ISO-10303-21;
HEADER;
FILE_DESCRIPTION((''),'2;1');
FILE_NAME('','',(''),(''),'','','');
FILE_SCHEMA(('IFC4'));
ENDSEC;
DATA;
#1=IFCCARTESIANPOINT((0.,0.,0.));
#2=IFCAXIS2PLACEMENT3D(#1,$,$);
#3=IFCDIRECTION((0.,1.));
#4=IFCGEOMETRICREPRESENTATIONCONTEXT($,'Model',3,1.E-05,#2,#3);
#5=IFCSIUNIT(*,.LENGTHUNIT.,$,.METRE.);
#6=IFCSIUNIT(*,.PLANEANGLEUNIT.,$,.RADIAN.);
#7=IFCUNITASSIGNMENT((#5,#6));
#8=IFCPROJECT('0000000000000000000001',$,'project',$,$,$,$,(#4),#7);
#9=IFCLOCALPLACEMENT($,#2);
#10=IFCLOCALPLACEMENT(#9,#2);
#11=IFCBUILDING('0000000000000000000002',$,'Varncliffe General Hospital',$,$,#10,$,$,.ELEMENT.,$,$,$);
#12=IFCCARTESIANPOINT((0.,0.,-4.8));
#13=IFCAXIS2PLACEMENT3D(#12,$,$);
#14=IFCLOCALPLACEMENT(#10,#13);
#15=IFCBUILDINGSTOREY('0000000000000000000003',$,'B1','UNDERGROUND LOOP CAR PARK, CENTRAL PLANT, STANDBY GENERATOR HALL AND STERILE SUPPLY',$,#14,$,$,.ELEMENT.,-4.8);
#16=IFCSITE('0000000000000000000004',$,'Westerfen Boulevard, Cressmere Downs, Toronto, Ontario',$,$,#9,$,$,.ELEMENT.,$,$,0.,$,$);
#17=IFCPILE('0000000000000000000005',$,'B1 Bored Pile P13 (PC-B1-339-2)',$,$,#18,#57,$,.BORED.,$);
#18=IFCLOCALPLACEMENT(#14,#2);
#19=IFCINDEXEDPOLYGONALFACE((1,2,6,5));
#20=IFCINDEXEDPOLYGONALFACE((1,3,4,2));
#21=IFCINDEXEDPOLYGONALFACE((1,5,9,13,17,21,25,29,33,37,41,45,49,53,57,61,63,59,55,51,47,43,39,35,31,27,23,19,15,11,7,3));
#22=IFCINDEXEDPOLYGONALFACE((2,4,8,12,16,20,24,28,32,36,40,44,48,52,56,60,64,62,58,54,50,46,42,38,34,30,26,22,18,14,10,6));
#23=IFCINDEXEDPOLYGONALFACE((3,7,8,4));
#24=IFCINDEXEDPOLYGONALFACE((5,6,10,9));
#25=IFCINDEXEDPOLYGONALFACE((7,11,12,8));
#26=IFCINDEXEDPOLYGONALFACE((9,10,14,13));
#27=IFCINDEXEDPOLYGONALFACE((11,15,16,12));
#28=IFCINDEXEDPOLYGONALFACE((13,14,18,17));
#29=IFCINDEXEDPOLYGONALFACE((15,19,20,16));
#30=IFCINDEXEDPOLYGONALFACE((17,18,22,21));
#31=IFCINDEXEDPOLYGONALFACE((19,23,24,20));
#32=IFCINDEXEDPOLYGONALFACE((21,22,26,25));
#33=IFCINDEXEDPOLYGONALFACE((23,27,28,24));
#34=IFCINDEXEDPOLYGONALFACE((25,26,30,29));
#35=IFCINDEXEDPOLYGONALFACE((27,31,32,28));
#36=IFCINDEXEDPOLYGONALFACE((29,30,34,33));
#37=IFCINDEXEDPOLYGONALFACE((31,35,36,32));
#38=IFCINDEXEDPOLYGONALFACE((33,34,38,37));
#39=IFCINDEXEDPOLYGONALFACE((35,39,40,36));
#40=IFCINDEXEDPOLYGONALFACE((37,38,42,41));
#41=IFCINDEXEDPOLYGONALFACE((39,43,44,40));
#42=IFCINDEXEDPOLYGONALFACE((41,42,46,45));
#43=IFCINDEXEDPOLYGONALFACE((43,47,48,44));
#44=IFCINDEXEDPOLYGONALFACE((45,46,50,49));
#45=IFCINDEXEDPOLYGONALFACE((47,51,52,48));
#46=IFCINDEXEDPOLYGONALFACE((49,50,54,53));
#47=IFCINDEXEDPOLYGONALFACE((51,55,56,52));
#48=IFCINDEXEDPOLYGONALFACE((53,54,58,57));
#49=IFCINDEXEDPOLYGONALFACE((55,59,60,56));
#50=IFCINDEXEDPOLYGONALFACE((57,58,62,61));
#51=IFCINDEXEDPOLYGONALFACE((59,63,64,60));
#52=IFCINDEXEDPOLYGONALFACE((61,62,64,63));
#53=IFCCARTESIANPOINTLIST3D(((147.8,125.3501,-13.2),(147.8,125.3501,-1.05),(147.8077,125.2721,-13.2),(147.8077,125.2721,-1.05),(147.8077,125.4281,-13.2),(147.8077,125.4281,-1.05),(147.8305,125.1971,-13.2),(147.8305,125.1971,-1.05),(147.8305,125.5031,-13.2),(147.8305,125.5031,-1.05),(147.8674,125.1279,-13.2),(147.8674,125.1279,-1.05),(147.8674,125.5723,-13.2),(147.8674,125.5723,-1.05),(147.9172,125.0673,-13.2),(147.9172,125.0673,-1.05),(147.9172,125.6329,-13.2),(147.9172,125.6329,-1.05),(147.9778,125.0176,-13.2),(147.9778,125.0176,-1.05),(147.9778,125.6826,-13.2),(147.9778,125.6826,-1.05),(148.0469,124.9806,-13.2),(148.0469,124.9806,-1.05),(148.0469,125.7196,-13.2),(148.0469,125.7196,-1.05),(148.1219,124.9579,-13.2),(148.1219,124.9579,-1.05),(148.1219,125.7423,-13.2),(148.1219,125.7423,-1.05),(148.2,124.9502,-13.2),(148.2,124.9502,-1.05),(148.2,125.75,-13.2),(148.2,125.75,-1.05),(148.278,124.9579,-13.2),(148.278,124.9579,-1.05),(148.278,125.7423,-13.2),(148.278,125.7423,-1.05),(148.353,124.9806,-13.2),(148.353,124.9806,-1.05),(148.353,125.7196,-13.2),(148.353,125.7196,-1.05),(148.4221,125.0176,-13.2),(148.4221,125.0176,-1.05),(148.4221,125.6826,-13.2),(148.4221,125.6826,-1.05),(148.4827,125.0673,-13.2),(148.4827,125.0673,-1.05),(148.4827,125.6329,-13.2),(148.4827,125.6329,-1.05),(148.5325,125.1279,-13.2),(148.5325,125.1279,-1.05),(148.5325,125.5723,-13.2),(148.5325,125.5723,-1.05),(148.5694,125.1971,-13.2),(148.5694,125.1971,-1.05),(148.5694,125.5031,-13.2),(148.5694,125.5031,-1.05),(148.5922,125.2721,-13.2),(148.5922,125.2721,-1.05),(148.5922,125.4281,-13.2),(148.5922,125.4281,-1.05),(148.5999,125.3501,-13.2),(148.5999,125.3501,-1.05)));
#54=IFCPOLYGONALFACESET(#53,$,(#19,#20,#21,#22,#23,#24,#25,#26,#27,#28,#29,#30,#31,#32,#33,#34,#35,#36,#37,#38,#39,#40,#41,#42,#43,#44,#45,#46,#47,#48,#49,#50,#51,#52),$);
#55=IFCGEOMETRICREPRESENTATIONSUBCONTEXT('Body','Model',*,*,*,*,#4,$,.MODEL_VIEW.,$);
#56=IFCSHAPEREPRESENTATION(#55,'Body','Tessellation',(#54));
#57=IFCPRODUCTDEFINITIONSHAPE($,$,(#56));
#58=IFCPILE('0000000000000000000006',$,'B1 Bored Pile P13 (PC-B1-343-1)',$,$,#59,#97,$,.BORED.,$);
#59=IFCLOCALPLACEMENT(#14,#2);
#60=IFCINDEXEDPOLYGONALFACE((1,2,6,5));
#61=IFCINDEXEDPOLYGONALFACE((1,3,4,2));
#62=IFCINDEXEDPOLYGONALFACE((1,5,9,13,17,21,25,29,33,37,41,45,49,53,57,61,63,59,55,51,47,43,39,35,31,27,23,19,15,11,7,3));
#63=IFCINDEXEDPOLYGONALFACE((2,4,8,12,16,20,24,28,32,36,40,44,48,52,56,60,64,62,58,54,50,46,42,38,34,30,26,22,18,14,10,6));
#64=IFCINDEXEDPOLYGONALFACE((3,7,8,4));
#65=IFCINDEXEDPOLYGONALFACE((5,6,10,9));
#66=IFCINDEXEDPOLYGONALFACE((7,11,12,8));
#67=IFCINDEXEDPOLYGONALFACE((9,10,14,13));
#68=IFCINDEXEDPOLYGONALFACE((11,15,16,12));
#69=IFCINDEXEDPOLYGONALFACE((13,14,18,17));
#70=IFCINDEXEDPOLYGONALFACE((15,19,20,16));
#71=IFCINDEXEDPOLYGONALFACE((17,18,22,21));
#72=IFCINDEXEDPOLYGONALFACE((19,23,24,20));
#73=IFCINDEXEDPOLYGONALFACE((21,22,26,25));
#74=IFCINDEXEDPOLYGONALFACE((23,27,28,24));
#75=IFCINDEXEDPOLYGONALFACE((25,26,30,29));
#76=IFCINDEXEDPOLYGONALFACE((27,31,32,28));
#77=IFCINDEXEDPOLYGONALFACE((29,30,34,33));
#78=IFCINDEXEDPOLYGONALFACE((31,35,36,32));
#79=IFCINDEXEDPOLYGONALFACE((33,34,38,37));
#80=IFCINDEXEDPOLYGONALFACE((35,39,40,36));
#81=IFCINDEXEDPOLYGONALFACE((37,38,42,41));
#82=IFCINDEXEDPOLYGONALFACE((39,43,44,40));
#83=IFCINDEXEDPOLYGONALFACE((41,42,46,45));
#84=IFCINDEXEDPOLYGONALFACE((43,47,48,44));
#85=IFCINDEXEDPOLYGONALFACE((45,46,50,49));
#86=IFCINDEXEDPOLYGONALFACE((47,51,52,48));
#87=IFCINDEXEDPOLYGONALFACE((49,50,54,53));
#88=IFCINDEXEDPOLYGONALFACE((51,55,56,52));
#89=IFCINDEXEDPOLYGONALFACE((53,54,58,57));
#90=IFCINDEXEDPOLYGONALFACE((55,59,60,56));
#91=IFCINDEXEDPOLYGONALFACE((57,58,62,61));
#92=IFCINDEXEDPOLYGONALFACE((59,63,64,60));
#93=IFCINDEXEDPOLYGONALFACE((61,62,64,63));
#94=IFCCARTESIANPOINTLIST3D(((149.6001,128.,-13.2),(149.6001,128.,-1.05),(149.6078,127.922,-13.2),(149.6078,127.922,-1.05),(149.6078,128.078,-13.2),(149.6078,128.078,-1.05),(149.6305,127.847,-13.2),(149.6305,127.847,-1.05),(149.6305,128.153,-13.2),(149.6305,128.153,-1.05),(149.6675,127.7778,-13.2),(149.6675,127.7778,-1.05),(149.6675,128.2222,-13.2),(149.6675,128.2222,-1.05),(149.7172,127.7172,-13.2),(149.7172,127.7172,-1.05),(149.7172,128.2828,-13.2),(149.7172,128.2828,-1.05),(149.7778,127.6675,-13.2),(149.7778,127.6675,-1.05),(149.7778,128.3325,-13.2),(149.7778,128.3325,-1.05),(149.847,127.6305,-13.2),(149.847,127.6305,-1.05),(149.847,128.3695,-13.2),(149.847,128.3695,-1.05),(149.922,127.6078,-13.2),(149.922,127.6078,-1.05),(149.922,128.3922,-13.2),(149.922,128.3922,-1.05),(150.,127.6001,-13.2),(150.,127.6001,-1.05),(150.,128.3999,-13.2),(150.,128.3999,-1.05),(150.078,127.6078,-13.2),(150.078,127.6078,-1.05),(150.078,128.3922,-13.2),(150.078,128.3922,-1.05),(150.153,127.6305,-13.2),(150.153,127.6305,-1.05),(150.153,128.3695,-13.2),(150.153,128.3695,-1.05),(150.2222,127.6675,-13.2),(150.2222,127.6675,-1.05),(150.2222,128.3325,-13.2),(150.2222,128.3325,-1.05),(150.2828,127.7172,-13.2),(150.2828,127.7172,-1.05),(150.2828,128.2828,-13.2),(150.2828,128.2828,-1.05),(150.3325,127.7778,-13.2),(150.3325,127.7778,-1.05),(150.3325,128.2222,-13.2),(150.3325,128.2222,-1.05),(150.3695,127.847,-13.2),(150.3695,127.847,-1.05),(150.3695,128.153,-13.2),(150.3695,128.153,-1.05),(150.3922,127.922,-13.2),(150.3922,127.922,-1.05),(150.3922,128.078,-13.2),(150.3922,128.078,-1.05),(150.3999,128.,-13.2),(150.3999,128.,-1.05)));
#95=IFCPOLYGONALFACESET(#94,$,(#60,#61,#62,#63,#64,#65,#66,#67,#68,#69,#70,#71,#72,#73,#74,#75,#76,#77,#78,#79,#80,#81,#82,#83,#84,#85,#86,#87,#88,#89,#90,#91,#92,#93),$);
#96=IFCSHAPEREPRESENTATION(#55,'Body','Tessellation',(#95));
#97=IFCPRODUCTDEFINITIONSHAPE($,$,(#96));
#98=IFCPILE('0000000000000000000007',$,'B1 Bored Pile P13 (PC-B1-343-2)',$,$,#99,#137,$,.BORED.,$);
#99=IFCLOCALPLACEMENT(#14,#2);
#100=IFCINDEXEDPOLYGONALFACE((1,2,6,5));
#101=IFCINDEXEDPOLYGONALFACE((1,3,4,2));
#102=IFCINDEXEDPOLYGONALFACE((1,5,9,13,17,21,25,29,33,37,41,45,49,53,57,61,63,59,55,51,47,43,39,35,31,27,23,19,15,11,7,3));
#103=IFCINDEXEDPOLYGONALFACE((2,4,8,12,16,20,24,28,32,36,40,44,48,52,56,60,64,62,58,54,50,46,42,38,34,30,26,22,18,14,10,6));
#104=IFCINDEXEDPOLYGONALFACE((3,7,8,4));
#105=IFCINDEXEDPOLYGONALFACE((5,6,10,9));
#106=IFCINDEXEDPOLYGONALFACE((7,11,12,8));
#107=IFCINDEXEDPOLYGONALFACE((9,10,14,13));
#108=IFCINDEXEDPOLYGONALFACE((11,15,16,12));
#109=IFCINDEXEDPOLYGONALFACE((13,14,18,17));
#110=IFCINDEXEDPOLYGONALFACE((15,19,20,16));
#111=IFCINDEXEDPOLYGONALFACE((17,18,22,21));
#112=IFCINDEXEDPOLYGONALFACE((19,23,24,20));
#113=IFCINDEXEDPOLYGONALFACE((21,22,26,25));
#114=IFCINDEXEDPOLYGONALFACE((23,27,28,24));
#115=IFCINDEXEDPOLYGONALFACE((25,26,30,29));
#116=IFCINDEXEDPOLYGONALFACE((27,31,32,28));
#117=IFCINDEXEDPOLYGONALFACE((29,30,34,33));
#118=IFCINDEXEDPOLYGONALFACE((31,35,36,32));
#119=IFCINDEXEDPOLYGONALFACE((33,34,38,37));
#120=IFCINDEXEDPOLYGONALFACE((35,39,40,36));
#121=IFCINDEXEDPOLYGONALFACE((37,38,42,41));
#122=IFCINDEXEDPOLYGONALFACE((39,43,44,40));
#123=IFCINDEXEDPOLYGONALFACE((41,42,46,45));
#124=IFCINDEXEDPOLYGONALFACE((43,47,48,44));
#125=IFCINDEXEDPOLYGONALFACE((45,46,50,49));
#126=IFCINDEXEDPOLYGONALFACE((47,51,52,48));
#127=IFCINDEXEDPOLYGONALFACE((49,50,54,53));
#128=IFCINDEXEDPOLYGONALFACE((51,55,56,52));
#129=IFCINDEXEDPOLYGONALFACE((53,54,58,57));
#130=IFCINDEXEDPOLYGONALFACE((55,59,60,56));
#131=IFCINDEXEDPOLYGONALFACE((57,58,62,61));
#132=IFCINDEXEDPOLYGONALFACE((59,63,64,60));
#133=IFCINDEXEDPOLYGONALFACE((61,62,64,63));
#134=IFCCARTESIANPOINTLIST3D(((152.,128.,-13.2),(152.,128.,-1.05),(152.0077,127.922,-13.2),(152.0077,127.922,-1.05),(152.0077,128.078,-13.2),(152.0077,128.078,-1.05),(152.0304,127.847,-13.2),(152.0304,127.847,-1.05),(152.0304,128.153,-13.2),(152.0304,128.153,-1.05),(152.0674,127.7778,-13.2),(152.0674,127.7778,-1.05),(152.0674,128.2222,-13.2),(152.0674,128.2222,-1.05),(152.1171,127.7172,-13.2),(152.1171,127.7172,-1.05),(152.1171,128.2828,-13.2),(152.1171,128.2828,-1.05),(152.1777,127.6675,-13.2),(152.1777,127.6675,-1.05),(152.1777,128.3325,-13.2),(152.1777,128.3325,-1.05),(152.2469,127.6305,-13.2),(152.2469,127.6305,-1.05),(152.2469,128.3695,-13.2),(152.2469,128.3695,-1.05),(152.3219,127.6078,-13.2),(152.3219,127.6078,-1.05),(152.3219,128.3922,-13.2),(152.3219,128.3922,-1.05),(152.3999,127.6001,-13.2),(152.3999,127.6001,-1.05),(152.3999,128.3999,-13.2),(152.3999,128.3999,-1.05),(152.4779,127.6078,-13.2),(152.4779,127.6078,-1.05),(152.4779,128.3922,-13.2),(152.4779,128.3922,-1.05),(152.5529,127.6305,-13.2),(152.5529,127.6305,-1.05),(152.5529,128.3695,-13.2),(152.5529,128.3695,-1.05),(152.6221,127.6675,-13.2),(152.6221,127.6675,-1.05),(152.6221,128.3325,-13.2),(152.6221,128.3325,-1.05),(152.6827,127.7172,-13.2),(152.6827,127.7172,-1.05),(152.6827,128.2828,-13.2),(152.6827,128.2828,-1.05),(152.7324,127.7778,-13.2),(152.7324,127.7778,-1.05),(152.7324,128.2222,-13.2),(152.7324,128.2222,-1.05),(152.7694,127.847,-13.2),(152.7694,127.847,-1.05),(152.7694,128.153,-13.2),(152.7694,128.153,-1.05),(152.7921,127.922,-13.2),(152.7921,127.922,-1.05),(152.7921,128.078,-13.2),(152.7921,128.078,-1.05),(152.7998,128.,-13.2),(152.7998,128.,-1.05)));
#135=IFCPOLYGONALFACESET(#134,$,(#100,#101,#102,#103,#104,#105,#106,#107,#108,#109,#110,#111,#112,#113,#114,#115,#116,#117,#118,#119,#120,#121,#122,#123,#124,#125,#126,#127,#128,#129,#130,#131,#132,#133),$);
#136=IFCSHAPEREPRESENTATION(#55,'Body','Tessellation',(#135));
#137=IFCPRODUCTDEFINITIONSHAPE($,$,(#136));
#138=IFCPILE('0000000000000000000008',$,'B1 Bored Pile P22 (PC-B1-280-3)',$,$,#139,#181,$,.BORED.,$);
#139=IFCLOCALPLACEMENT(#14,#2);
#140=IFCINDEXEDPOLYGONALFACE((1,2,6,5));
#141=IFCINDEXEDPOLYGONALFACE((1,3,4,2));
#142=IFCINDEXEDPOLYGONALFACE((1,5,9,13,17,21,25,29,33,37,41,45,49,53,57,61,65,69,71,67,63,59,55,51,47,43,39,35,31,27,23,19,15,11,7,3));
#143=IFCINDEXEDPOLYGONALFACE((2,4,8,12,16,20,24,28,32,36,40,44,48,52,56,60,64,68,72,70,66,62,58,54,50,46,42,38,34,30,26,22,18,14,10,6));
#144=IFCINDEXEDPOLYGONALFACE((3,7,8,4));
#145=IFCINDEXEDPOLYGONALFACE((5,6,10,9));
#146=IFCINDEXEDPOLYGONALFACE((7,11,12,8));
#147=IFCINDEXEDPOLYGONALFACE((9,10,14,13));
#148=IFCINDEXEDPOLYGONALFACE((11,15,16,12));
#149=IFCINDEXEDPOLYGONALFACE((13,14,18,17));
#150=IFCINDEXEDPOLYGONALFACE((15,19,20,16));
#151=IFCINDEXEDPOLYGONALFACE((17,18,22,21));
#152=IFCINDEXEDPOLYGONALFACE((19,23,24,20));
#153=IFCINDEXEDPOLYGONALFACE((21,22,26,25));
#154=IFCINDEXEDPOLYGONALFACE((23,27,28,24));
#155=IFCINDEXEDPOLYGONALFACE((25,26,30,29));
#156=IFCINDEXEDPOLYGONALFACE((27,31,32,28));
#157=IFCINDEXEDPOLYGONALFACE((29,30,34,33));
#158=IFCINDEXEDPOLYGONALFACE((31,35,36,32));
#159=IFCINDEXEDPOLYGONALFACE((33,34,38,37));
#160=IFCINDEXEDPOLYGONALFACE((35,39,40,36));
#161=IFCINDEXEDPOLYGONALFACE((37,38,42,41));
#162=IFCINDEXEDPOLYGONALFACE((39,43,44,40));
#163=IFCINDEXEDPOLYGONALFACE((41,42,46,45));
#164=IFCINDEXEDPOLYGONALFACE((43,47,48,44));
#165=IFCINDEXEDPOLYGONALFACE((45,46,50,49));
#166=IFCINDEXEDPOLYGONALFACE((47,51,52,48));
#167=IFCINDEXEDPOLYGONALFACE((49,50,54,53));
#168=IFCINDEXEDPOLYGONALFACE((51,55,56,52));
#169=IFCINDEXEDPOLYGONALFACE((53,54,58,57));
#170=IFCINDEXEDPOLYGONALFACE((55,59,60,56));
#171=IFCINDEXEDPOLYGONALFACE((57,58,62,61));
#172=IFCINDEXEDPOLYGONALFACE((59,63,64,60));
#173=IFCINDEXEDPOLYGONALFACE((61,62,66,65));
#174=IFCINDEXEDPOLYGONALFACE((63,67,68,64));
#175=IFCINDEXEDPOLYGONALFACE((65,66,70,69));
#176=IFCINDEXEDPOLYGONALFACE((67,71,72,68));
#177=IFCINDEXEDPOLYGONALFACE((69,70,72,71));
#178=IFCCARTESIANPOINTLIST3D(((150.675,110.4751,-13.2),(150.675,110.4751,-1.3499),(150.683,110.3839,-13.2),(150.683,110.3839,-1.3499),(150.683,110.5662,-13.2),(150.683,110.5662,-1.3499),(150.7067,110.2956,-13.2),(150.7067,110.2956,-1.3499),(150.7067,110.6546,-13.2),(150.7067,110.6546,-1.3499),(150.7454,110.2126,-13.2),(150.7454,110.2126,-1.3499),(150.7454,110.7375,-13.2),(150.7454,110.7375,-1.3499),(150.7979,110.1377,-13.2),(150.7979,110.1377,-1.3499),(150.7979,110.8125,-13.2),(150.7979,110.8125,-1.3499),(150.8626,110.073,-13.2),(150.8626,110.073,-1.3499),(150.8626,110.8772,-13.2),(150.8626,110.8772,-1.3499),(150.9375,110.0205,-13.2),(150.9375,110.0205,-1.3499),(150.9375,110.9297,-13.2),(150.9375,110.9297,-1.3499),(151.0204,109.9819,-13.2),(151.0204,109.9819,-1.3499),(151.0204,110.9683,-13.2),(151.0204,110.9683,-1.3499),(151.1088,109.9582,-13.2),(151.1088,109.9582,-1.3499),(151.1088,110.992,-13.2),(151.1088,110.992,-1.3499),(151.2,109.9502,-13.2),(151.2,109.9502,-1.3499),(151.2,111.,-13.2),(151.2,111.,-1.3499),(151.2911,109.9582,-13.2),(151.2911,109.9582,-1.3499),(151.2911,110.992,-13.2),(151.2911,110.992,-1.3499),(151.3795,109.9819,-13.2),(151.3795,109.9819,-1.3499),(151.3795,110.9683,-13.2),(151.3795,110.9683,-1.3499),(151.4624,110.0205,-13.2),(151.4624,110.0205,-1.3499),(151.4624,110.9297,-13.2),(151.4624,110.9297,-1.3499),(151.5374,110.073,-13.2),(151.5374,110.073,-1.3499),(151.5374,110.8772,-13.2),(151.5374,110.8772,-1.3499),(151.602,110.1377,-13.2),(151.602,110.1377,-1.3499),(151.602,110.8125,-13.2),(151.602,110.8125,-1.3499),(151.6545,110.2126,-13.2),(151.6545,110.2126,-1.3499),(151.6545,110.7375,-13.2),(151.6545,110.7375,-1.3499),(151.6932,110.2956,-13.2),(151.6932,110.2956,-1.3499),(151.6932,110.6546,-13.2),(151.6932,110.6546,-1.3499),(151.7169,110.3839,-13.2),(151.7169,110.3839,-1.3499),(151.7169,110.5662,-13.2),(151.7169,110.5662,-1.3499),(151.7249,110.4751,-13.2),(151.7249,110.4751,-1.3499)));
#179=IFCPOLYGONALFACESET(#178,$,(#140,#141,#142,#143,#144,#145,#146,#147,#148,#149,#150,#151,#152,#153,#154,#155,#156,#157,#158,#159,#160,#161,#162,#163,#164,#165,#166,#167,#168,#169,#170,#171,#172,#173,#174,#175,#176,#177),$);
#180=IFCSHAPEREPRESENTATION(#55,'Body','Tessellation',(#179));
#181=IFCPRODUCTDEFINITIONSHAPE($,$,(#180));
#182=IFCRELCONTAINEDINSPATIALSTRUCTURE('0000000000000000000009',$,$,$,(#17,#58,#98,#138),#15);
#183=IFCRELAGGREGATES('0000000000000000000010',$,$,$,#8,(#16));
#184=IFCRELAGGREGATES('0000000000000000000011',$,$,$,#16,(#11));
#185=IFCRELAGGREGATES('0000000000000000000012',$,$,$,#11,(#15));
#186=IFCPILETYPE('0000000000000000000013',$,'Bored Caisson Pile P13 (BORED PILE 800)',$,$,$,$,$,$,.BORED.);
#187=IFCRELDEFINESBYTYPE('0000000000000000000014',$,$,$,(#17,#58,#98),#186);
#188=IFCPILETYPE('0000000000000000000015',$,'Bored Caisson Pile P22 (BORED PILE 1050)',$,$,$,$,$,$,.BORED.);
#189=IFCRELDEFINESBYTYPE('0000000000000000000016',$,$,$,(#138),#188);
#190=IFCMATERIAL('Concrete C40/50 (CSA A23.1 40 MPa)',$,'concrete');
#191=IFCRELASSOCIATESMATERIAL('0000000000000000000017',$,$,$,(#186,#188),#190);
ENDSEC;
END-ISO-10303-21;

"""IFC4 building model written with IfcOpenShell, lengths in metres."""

from ifc_helpers import new_model, si_unit, direction, frame, origin, origin_2d, place, context, subcontext, project, spatial, circle, extrude, material, material_profile, profile_set, type_object, element, save


model = new_model("IFC4")

# Units and contexts
model_context = context("Model", 3, precision=1e-05, world=origin(), true_north=direction((0.0, 1.0)))
body_context = subcontext(model_context, "Body", "Model", "MODEL_VIEW")
ifc_project = project(units=[si_unit("LENGTHUNIT", "METRE"), si_unit("PLANEANGLEUNIT", "RADIAN")], contexts=[model_context])

# Site, building, storey
site_placement = place(None, origin())
site = spatial("IfcSite", under=ifc_project, at=site_placement, Name="Westerfen Boulevard, Cressmere Downs, Toronto, Ontario", CompositionType="ELEMENT", RefElevation=0.0)
building_placement = place(site_placement, origin())
building = spatial("IfcBuilding", under=site, at=building_placement, Name="Varncliffe General Hospital", CompositionType="ELEMENT")
storey_placement = place(building_placement, frame((0.0, 0.0, -4.8)))
storey = spatial("IfcBuildingStorey", under=building, at=storey_placement, Name="B1", Description="UNDERGROUND LOOP CAR PARK, CENTRAL PLANT, STANDBY GENERATOR HALL AND STERILE SUPPLY", CompositionType="ELEMENT", Elevation=-4.8)

# Piles
ifc_material_1 = material(Name="Concrete C40/50 (CSA A23.1 40 MPa)", Category="concrete")
ifc_material_profile_1 = material_profile(ifc_material_1, circle(Radius=0.3999, at=origin_2d()), Name="BORED PILE 800")
ifc_profile_set_1 = profile_set([ifc_material_profile_1], Name="Concrete C40/50 (CSA A23.1 40 MPa)")
pile_type_1 = type_object("IfcPileType", Name="Bored Caisson Pile P13 (BORED PILE 800)", PredefinedType="BORED", material=ifc_profile_set_1)
for number, where, z_axis, x_axis, name in (
    (1, (148.2, 125.3501, -1.05), (0.0, 0.0, -1.0), (1.0, 0.0, 0.0), "B1 Bored Pile P13 (PC-B1-339-2)"),
    (2, (150.0, 128.0, -1.05), (0.0, 0.0, -1.0), (1.0, 0.0, 0.0), "B1 Bored Pile P13 (PC-B1-343-1)"),
    (3, (152.3999, 128.0, -1.05), (0.0, 0.0, -1.0), (1.0, 0.0, 0.0), "B1 Bored Pile P13 (PC-B1-343-2)"),
):
    element("IfcPile", number, at=place(storey_placement, frame(where, z_axis=z_axis, x_axis=x_axis)), inside=storey, type_object=pile_type_1, Name=name, PredefinedType="BORED", context=body_context, shape_type="SweptSolid", body=[
        extrude(circle(Radius=0.3999, at=origin_2d()), origin(), (0.0, 0.0, 1.0), 12.1499),
    ])
ifc_material_profile_2 = material_profile(ifc_material_1, circle(Radius=0.5249, at=origin_2d()), Name="BORED PILE 1050")
ifc_profile_set_2 = profile_set([ifc_material_profile_2], Name="Concrete C40/50 (CSA A23.1 40 MPa)")
pile_type_2 = type_object("IfcPileType", Name="Bored Caisson Pile P22 (BORED PILE 1050)", PredefinedType="BORED", material=ifc_profile_set_2)
for number, where, z_axis, x_axis, name in (
    (4, (151.2, 110.4751, -1.3499), (0.0, 0.0, -1.0), (1.0, 0.0, 0.0), "B1 Bored Pile P22 (PC-B1-280-3)"),
):
    element("IfcPile", number, at=place(storey_placement, frame(where, z_axis=z_axis, x_axis=x_axis)), inside=storey, type_object=pile_type_2, Name=name, PredefinedType="BORED", context=body_context, shape_type="SweptSolid", body=[
        extrude(circle(Radius=0.5249, at=origin_2d()), origin(), (0.0, 0.0, 1.0), 11.8501),
    ])

save(model, "model.ifc")
